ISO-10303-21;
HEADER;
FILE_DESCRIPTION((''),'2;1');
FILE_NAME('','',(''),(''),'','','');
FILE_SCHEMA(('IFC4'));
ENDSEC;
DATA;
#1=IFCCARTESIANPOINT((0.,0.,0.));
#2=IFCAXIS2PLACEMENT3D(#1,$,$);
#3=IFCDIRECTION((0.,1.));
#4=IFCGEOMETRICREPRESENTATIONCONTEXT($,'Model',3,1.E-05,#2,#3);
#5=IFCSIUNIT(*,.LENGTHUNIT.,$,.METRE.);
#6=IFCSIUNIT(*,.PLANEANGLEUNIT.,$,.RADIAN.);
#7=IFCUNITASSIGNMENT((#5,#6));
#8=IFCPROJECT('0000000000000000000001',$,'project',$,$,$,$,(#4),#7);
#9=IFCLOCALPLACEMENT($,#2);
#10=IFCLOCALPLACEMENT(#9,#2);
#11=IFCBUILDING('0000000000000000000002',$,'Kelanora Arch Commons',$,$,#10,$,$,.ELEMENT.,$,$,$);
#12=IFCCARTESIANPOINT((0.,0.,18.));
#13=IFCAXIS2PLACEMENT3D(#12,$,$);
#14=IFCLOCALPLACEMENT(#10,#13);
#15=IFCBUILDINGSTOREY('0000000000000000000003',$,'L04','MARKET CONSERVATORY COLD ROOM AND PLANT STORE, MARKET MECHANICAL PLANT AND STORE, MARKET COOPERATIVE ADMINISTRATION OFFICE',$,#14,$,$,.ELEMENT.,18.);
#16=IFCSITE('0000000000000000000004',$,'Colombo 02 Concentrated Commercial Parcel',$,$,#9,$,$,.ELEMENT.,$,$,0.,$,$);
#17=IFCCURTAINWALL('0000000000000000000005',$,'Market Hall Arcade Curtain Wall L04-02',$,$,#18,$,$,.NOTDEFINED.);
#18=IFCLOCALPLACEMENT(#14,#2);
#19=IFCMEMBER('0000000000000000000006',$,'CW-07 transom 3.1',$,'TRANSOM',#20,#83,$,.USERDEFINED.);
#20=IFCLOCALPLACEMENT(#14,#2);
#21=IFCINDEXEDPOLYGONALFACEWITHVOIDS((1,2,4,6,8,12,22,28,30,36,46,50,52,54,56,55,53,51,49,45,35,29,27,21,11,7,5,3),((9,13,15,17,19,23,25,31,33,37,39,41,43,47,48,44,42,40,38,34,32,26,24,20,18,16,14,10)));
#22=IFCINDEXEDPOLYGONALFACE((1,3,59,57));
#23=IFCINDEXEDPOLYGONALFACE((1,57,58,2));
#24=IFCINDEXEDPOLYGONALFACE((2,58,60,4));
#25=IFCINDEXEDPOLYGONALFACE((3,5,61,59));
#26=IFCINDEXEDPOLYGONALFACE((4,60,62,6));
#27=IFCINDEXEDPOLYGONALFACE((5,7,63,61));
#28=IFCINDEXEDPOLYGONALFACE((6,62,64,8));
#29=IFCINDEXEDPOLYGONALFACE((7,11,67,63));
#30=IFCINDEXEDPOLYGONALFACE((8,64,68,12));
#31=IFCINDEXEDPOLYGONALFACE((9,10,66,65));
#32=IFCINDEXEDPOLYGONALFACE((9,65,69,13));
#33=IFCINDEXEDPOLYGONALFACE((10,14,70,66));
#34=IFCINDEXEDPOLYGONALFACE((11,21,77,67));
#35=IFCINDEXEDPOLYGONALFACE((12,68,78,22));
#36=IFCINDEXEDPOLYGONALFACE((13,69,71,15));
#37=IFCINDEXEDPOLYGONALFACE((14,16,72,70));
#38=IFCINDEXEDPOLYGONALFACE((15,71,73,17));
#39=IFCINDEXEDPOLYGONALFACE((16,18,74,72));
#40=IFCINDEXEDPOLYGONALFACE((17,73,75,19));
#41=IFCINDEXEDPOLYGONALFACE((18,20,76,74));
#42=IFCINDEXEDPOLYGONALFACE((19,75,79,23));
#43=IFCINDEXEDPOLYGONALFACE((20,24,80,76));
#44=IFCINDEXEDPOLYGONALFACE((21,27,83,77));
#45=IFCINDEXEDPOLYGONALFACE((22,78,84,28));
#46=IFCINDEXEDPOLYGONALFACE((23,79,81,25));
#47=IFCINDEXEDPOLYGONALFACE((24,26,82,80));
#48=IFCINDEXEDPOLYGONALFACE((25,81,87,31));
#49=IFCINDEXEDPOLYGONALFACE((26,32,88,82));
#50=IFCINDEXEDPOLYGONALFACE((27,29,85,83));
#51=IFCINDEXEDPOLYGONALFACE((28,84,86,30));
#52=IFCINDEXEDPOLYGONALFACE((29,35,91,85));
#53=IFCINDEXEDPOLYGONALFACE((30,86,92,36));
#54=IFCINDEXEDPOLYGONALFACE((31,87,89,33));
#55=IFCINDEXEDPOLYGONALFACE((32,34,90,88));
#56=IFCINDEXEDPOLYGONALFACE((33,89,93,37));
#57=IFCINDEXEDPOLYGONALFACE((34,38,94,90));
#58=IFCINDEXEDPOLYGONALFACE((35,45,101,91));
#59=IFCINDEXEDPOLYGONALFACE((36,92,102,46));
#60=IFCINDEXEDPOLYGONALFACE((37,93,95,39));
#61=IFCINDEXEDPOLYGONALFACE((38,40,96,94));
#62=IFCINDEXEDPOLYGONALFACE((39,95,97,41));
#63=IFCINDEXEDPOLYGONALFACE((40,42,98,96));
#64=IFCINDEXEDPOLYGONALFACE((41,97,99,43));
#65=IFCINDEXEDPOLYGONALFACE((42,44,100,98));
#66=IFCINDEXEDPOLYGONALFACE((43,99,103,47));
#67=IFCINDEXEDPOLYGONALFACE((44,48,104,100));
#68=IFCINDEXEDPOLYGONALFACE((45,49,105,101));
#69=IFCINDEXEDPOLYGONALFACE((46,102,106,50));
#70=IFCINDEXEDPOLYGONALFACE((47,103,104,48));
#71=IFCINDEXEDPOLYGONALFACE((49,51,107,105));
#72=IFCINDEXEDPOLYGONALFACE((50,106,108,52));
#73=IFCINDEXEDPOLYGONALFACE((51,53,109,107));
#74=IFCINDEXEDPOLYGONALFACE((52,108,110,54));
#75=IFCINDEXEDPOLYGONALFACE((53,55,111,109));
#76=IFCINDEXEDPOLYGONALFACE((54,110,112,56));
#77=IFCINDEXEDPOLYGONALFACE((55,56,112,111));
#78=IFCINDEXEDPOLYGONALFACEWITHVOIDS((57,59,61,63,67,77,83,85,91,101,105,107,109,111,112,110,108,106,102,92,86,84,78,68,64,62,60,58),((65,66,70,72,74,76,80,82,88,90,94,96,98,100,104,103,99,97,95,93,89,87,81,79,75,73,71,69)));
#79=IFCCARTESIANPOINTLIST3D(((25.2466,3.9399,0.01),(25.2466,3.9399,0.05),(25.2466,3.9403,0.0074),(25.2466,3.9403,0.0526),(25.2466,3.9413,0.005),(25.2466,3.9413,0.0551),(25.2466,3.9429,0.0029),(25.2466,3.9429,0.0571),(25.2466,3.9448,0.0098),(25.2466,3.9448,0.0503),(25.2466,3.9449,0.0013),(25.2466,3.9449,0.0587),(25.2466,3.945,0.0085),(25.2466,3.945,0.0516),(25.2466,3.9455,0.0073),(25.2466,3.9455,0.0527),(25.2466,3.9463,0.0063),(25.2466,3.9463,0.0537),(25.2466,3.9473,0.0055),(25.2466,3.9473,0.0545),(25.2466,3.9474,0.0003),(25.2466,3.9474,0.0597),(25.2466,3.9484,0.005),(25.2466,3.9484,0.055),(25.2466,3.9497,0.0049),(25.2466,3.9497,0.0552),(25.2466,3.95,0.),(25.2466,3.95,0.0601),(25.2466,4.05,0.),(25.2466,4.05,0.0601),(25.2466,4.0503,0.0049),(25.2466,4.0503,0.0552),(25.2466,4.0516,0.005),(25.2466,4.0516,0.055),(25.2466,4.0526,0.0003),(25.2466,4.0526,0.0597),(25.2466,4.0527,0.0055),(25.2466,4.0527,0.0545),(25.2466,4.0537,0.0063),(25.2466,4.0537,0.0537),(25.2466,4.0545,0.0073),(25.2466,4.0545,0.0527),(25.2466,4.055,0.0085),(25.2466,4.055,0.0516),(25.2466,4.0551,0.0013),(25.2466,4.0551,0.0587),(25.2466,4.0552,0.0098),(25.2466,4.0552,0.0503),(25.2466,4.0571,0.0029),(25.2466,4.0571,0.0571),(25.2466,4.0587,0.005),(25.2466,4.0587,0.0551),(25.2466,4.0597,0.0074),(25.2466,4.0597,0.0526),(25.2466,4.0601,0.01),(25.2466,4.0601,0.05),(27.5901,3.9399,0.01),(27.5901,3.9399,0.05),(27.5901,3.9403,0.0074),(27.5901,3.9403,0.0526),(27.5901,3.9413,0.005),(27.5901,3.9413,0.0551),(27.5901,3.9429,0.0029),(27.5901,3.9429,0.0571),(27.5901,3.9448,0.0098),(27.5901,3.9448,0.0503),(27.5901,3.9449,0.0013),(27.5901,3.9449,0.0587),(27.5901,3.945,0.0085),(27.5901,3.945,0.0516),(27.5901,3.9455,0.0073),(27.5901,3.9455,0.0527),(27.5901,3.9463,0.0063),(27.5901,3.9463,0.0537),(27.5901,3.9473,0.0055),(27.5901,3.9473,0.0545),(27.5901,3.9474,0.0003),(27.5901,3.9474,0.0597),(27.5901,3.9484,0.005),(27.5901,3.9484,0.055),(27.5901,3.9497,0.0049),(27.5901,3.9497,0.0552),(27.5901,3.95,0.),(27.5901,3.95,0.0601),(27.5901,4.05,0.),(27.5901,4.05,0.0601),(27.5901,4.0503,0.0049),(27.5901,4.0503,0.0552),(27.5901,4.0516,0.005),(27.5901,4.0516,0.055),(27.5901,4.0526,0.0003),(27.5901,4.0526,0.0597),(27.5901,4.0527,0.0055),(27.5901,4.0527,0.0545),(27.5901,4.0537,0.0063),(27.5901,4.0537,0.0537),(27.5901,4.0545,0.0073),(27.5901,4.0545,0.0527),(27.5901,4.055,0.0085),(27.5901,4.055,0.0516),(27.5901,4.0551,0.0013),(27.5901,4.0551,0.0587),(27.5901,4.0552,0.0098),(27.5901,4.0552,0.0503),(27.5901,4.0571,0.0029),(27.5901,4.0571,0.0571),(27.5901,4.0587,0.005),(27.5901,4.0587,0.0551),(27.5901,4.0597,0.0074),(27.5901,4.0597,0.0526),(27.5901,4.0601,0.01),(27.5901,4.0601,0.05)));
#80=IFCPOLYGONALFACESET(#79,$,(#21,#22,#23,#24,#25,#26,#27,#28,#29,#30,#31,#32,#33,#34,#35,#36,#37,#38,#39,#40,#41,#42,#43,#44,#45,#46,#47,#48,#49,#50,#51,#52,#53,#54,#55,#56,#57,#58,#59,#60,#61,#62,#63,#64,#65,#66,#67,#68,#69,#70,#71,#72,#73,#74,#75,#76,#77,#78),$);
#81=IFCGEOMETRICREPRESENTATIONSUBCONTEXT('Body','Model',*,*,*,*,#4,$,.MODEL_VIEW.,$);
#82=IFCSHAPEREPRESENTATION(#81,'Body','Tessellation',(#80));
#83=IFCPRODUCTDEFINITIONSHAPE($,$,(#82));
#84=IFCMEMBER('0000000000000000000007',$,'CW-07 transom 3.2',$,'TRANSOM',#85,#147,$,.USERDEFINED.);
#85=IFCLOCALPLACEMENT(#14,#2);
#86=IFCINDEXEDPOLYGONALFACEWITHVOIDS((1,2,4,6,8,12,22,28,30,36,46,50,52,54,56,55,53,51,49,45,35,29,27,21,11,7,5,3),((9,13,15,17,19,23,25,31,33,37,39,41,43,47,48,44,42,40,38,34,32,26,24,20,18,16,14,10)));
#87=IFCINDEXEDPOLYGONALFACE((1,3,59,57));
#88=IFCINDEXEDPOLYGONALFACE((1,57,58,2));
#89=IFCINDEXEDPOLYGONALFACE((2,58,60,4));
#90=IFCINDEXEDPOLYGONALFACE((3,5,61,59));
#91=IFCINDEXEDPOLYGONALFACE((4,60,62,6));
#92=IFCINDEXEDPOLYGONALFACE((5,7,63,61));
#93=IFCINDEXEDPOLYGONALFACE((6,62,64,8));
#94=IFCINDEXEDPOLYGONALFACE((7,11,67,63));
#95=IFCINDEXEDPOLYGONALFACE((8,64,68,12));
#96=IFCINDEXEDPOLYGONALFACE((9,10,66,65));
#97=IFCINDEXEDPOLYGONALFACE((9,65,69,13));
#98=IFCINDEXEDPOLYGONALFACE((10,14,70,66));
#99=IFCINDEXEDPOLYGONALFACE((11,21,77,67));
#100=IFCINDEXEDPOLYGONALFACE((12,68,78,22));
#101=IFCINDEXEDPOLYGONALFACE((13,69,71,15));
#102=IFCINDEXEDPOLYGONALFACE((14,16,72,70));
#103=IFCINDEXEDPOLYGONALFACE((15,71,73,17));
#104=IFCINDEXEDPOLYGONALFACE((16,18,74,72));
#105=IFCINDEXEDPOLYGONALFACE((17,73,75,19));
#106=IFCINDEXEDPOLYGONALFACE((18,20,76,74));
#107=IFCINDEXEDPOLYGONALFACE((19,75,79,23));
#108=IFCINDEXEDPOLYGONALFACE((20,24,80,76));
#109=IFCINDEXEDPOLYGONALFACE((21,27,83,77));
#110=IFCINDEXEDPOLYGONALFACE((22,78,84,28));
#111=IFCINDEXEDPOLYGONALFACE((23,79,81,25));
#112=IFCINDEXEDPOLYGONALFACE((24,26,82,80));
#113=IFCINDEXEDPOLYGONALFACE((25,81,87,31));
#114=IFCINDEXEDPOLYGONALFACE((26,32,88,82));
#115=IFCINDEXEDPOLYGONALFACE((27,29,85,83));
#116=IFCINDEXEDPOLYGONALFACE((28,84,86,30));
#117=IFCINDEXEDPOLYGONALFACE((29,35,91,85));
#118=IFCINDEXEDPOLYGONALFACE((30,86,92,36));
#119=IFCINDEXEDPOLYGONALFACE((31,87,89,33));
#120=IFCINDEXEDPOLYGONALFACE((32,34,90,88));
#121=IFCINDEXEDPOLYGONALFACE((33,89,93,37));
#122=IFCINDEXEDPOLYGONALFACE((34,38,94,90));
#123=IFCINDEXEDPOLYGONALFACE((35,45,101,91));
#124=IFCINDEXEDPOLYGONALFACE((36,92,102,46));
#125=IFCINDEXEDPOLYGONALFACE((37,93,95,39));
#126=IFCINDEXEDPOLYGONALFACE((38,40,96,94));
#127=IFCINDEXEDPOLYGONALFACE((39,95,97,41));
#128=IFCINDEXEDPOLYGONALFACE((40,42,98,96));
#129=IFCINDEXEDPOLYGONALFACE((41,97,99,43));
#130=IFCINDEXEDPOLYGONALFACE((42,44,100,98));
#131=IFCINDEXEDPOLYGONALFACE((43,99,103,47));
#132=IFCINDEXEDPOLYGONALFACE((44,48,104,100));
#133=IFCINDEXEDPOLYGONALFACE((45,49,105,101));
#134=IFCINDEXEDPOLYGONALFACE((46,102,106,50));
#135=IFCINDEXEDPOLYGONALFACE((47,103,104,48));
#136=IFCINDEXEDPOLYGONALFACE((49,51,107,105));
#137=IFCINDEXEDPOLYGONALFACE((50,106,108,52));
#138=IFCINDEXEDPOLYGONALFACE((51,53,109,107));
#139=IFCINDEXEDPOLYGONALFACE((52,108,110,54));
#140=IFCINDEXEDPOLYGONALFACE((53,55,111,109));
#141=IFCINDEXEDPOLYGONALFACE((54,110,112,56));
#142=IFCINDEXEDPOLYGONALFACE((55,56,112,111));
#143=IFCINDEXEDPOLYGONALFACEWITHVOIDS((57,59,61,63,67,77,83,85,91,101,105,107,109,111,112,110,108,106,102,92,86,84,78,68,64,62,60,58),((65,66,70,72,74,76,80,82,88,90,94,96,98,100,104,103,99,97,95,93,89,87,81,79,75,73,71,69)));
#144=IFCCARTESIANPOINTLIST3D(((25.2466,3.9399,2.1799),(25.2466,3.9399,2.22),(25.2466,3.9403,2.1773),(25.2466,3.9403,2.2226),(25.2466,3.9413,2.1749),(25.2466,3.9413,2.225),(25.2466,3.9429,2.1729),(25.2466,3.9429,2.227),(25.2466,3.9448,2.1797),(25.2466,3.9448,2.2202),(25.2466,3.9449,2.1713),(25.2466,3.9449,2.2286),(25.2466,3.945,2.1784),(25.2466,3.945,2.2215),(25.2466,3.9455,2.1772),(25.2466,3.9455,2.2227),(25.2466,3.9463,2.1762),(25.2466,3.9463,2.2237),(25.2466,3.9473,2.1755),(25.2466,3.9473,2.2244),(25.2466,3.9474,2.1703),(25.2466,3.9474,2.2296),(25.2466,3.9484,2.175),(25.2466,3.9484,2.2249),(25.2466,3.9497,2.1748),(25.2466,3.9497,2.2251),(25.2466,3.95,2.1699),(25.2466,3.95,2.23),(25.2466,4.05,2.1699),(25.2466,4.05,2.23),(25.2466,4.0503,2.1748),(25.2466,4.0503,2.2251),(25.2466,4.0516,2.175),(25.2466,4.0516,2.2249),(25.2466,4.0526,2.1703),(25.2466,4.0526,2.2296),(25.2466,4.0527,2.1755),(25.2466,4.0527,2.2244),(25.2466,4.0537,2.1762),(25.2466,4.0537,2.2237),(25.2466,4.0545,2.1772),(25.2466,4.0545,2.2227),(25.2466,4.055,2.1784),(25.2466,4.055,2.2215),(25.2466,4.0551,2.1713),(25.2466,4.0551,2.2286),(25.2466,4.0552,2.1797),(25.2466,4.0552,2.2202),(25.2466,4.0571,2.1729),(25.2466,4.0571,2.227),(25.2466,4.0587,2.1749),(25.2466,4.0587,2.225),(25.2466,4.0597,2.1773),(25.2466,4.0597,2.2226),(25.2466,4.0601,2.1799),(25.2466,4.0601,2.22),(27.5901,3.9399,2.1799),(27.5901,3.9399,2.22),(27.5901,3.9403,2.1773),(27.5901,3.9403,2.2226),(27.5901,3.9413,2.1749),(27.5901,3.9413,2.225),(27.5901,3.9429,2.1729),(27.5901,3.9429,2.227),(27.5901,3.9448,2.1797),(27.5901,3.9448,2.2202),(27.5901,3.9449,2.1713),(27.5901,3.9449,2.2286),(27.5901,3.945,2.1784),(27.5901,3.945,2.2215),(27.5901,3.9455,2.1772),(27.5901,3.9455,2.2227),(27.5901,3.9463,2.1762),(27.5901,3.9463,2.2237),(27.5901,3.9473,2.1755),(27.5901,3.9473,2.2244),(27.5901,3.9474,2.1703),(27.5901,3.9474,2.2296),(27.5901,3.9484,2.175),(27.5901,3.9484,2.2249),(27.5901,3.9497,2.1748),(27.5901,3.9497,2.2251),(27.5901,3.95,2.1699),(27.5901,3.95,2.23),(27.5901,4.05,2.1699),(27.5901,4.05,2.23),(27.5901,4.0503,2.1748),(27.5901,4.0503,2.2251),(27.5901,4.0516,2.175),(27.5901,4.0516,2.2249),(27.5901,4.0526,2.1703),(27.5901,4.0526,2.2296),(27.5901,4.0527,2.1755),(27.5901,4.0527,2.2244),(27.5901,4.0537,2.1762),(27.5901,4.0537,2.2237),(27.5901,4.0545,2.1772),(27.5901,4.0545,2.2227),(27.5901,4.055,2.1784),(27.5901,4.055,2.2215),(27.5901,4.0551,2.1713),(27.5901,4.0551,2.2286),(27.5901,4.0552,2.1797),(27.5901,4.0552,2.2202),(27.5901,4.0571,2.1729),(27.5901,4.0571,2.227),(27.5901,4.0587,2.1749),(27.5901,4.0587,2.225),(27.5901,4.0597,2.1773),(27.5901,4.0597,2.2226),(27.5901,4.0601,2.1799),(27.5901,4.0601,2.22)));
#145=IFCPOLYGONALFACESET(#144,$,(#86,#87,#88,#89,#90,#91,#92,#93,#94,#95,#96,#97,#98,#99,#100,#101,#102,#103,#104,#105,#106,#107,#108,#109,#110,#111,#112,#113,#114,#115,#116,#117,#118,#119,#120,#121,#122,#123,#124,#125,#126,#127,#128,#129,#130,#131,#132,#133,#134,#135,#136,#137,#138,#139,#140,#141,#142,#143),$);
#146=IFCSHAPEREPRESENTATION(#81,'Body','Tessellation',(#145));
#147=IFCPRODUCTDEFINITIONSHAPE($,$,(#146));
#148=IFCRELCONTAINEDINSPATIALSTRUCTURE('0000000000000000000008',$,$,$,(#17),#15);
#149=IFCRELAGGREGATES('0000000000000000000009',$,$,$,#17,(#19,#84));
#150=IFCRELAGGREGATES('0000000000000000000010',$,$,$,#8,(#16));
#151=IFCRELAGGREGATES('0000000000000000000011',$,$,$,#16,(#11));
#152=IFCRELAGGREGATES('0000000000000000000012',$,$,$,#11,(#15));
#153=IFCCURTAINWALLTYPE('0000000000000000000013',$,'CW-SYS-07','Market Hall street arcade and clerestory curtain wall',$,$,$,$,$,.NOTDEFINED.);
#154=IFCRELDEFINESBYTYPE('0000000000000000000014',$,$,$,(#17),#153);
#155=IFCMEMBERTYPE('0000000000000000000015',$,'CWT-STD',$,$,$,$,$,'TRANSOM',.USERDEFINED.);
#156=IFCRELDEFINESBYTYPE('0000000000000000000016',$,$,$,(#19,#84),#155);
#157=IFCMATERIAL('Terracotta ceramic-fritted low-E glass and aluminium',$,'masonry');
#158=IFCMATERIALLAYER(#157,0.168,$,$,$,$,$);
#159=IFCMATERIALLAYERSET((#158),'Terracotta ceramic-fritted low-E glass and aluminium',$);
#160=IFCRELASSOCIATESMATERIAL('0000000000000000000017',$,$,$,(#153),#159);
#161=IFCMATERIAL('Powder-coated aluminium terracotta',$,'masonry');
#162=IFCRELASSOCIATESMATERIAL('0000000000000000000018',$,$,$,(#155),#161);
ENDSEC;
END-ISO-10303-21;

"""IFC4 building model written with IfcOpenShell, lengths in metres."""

from ifc_helpers import new_model, si_unit, direction, frame, origin, origin_2d, place, context, subcontext, project, spatial, hollow_rectangle, extrude, material, layer, layer_set, material_profile, profile_set, type_object, element, aggregate, save


model = new_model("IFC4")

# Units and contexts
model_context = context("Model", 3, precision=1e-05, world=origin(), true_north=direction((0.0, 1.0)))
body_context = subcontext(model_context, "Body", "Model", "MODEL_VIEW")
ifc_project = project(units=[si_unit("LENGTHUNIT", "METRE"), si_unit("PLANEANGLEUNIT", "RADIAN")], contexts=[model_context])

# Site, building, storey
site_placement = place(None, origin())
site = spatial("IfcSite", under=ifc_project, at=site_placement, Name="Colombo 02 Concentrated Commercial Parcel", CompositionType="ELEMENT", RefElevation=0.0)
building_placement = place(site_placement, origin())
building = spatial("IfcBuilding", under=site, at=building_placement, Name="Kelanora Arch Commons", CompositionType="ELEMENT")
storey_placement = place(building_placement, frame((0.0, 0.0, 18.0)))
storey = spatial("IfcBuildingStorey", under=building, at=storey_placement, Name="L04", Description="MARKET CONSERVATORY COLD ROOM AND PLANT STORE, MARKET MECHANICAL PLANT AND STORE, MARKET COOPERATIVE ADMINISTRATION OFFICE", CompositionType="ELEMENT", Elevation=18.0)

# Curtain wall, members
ifc_material_1 = material(Name="Terracotta ceramic-fritted low-E glass and aluminium", Category="masonry")
ifc_layer_1 = layer(ifc_material_1, 0.168)
ifc_layer_set_1 = layer_set([ifc_layer_1], Name="Terracotta ceramic-fritted low-E glass and aluminium")
curtain_wall_type = type_object("IfcCurtainWallType", Name="CW-SYS-07", Description="Market Hall street arcade and clerestory curtain wall", PredefinedType="NOTDEFINED", material=ifc_layer_set_1)
curtain_wall_placement = place(storey_placement, origin())
curtain_wall = element("IfcCurtainWall", 1, at=curtain_wall_placement, inside=storey, type_object=curtain_wall_type, Name="Market Hall Arcade Curtain Wall L04-02", PredefinedType="NOTDEFINED")
ifc_material_2 = material(Name="Powder-coated aluminium terracotta", Category="masonry")
ifc_material_profile_1 = material_profile(ifc_material_2, hollow_rectangle(XDim=0.1201, YDim=0.0601, WallThickness=0.0049, InnerFilletRadius=0.0049, OuterFilletRadius=0.01, at=origin_2d()), Name="CWT120x60")
ifc_profile_set_1 = profile_set([ifc_material_profile_1], Name="Powder-coated aluminium terracotta")
member_type_1 = type_object("IfcMemberType", Name="CWT-STD", ElementType="TRANSOM", PredefinedType="USERDEFINED", material=ifc_profile_set_1)
member_1_placement = place(storey_placement, frame((25.2466, 4.0, 0.03), z_axis=(1.0, 0.0, 0.0), x_axis=(0.0, 1.0, 0.0)))
member_1 = element("IfcMember", 2, at=member_1_placement, type_object=member_type_1, Name="CW-07 transom 3.1", ObjectType="TRANSOM", PredefinedType="USERDEFINED", context=body_context, shape_type="SweptSolid", body=[
    extrude(hollow_rectangle(XDim=0.1201, YDim=0.0601, WallThickness=0.0049, InnerFilletRadius=0.0049, OuterFilletRadius=0.01, at=origin_2d()), origin(), (0.0, 0.0, 1.0), 2.3435),
])
member_2_placement = place(storey_placement, frame((25.2466, 4.0, 2.2), z_axis=(1.0, 0.0, 0.0), x_axis=(0.0, 1.0, 0.0)))
member_2 = element("IfcMember", 3, at=member_2_placement, type_object=member_type_1, Name="CW-07 transom 3.2", ObjectType="TRANSOM", PredefinedType="USERDEFINED", context=body_context, shape_type="SweptSolid", body=[
    extrude(hollow_rectangle(XDim=0.1201, YDim=0.0601, WallThickness=0.0049, InnerFilletRadius=0.0049, OuterFilletRadius=0.01, at=origin_2d()), origin(), (0.0, 0.0, 1.0), 2.3435),
])
aggregate(curtain_wall, [member_1, member_2])

save(model, "model.ifc")
